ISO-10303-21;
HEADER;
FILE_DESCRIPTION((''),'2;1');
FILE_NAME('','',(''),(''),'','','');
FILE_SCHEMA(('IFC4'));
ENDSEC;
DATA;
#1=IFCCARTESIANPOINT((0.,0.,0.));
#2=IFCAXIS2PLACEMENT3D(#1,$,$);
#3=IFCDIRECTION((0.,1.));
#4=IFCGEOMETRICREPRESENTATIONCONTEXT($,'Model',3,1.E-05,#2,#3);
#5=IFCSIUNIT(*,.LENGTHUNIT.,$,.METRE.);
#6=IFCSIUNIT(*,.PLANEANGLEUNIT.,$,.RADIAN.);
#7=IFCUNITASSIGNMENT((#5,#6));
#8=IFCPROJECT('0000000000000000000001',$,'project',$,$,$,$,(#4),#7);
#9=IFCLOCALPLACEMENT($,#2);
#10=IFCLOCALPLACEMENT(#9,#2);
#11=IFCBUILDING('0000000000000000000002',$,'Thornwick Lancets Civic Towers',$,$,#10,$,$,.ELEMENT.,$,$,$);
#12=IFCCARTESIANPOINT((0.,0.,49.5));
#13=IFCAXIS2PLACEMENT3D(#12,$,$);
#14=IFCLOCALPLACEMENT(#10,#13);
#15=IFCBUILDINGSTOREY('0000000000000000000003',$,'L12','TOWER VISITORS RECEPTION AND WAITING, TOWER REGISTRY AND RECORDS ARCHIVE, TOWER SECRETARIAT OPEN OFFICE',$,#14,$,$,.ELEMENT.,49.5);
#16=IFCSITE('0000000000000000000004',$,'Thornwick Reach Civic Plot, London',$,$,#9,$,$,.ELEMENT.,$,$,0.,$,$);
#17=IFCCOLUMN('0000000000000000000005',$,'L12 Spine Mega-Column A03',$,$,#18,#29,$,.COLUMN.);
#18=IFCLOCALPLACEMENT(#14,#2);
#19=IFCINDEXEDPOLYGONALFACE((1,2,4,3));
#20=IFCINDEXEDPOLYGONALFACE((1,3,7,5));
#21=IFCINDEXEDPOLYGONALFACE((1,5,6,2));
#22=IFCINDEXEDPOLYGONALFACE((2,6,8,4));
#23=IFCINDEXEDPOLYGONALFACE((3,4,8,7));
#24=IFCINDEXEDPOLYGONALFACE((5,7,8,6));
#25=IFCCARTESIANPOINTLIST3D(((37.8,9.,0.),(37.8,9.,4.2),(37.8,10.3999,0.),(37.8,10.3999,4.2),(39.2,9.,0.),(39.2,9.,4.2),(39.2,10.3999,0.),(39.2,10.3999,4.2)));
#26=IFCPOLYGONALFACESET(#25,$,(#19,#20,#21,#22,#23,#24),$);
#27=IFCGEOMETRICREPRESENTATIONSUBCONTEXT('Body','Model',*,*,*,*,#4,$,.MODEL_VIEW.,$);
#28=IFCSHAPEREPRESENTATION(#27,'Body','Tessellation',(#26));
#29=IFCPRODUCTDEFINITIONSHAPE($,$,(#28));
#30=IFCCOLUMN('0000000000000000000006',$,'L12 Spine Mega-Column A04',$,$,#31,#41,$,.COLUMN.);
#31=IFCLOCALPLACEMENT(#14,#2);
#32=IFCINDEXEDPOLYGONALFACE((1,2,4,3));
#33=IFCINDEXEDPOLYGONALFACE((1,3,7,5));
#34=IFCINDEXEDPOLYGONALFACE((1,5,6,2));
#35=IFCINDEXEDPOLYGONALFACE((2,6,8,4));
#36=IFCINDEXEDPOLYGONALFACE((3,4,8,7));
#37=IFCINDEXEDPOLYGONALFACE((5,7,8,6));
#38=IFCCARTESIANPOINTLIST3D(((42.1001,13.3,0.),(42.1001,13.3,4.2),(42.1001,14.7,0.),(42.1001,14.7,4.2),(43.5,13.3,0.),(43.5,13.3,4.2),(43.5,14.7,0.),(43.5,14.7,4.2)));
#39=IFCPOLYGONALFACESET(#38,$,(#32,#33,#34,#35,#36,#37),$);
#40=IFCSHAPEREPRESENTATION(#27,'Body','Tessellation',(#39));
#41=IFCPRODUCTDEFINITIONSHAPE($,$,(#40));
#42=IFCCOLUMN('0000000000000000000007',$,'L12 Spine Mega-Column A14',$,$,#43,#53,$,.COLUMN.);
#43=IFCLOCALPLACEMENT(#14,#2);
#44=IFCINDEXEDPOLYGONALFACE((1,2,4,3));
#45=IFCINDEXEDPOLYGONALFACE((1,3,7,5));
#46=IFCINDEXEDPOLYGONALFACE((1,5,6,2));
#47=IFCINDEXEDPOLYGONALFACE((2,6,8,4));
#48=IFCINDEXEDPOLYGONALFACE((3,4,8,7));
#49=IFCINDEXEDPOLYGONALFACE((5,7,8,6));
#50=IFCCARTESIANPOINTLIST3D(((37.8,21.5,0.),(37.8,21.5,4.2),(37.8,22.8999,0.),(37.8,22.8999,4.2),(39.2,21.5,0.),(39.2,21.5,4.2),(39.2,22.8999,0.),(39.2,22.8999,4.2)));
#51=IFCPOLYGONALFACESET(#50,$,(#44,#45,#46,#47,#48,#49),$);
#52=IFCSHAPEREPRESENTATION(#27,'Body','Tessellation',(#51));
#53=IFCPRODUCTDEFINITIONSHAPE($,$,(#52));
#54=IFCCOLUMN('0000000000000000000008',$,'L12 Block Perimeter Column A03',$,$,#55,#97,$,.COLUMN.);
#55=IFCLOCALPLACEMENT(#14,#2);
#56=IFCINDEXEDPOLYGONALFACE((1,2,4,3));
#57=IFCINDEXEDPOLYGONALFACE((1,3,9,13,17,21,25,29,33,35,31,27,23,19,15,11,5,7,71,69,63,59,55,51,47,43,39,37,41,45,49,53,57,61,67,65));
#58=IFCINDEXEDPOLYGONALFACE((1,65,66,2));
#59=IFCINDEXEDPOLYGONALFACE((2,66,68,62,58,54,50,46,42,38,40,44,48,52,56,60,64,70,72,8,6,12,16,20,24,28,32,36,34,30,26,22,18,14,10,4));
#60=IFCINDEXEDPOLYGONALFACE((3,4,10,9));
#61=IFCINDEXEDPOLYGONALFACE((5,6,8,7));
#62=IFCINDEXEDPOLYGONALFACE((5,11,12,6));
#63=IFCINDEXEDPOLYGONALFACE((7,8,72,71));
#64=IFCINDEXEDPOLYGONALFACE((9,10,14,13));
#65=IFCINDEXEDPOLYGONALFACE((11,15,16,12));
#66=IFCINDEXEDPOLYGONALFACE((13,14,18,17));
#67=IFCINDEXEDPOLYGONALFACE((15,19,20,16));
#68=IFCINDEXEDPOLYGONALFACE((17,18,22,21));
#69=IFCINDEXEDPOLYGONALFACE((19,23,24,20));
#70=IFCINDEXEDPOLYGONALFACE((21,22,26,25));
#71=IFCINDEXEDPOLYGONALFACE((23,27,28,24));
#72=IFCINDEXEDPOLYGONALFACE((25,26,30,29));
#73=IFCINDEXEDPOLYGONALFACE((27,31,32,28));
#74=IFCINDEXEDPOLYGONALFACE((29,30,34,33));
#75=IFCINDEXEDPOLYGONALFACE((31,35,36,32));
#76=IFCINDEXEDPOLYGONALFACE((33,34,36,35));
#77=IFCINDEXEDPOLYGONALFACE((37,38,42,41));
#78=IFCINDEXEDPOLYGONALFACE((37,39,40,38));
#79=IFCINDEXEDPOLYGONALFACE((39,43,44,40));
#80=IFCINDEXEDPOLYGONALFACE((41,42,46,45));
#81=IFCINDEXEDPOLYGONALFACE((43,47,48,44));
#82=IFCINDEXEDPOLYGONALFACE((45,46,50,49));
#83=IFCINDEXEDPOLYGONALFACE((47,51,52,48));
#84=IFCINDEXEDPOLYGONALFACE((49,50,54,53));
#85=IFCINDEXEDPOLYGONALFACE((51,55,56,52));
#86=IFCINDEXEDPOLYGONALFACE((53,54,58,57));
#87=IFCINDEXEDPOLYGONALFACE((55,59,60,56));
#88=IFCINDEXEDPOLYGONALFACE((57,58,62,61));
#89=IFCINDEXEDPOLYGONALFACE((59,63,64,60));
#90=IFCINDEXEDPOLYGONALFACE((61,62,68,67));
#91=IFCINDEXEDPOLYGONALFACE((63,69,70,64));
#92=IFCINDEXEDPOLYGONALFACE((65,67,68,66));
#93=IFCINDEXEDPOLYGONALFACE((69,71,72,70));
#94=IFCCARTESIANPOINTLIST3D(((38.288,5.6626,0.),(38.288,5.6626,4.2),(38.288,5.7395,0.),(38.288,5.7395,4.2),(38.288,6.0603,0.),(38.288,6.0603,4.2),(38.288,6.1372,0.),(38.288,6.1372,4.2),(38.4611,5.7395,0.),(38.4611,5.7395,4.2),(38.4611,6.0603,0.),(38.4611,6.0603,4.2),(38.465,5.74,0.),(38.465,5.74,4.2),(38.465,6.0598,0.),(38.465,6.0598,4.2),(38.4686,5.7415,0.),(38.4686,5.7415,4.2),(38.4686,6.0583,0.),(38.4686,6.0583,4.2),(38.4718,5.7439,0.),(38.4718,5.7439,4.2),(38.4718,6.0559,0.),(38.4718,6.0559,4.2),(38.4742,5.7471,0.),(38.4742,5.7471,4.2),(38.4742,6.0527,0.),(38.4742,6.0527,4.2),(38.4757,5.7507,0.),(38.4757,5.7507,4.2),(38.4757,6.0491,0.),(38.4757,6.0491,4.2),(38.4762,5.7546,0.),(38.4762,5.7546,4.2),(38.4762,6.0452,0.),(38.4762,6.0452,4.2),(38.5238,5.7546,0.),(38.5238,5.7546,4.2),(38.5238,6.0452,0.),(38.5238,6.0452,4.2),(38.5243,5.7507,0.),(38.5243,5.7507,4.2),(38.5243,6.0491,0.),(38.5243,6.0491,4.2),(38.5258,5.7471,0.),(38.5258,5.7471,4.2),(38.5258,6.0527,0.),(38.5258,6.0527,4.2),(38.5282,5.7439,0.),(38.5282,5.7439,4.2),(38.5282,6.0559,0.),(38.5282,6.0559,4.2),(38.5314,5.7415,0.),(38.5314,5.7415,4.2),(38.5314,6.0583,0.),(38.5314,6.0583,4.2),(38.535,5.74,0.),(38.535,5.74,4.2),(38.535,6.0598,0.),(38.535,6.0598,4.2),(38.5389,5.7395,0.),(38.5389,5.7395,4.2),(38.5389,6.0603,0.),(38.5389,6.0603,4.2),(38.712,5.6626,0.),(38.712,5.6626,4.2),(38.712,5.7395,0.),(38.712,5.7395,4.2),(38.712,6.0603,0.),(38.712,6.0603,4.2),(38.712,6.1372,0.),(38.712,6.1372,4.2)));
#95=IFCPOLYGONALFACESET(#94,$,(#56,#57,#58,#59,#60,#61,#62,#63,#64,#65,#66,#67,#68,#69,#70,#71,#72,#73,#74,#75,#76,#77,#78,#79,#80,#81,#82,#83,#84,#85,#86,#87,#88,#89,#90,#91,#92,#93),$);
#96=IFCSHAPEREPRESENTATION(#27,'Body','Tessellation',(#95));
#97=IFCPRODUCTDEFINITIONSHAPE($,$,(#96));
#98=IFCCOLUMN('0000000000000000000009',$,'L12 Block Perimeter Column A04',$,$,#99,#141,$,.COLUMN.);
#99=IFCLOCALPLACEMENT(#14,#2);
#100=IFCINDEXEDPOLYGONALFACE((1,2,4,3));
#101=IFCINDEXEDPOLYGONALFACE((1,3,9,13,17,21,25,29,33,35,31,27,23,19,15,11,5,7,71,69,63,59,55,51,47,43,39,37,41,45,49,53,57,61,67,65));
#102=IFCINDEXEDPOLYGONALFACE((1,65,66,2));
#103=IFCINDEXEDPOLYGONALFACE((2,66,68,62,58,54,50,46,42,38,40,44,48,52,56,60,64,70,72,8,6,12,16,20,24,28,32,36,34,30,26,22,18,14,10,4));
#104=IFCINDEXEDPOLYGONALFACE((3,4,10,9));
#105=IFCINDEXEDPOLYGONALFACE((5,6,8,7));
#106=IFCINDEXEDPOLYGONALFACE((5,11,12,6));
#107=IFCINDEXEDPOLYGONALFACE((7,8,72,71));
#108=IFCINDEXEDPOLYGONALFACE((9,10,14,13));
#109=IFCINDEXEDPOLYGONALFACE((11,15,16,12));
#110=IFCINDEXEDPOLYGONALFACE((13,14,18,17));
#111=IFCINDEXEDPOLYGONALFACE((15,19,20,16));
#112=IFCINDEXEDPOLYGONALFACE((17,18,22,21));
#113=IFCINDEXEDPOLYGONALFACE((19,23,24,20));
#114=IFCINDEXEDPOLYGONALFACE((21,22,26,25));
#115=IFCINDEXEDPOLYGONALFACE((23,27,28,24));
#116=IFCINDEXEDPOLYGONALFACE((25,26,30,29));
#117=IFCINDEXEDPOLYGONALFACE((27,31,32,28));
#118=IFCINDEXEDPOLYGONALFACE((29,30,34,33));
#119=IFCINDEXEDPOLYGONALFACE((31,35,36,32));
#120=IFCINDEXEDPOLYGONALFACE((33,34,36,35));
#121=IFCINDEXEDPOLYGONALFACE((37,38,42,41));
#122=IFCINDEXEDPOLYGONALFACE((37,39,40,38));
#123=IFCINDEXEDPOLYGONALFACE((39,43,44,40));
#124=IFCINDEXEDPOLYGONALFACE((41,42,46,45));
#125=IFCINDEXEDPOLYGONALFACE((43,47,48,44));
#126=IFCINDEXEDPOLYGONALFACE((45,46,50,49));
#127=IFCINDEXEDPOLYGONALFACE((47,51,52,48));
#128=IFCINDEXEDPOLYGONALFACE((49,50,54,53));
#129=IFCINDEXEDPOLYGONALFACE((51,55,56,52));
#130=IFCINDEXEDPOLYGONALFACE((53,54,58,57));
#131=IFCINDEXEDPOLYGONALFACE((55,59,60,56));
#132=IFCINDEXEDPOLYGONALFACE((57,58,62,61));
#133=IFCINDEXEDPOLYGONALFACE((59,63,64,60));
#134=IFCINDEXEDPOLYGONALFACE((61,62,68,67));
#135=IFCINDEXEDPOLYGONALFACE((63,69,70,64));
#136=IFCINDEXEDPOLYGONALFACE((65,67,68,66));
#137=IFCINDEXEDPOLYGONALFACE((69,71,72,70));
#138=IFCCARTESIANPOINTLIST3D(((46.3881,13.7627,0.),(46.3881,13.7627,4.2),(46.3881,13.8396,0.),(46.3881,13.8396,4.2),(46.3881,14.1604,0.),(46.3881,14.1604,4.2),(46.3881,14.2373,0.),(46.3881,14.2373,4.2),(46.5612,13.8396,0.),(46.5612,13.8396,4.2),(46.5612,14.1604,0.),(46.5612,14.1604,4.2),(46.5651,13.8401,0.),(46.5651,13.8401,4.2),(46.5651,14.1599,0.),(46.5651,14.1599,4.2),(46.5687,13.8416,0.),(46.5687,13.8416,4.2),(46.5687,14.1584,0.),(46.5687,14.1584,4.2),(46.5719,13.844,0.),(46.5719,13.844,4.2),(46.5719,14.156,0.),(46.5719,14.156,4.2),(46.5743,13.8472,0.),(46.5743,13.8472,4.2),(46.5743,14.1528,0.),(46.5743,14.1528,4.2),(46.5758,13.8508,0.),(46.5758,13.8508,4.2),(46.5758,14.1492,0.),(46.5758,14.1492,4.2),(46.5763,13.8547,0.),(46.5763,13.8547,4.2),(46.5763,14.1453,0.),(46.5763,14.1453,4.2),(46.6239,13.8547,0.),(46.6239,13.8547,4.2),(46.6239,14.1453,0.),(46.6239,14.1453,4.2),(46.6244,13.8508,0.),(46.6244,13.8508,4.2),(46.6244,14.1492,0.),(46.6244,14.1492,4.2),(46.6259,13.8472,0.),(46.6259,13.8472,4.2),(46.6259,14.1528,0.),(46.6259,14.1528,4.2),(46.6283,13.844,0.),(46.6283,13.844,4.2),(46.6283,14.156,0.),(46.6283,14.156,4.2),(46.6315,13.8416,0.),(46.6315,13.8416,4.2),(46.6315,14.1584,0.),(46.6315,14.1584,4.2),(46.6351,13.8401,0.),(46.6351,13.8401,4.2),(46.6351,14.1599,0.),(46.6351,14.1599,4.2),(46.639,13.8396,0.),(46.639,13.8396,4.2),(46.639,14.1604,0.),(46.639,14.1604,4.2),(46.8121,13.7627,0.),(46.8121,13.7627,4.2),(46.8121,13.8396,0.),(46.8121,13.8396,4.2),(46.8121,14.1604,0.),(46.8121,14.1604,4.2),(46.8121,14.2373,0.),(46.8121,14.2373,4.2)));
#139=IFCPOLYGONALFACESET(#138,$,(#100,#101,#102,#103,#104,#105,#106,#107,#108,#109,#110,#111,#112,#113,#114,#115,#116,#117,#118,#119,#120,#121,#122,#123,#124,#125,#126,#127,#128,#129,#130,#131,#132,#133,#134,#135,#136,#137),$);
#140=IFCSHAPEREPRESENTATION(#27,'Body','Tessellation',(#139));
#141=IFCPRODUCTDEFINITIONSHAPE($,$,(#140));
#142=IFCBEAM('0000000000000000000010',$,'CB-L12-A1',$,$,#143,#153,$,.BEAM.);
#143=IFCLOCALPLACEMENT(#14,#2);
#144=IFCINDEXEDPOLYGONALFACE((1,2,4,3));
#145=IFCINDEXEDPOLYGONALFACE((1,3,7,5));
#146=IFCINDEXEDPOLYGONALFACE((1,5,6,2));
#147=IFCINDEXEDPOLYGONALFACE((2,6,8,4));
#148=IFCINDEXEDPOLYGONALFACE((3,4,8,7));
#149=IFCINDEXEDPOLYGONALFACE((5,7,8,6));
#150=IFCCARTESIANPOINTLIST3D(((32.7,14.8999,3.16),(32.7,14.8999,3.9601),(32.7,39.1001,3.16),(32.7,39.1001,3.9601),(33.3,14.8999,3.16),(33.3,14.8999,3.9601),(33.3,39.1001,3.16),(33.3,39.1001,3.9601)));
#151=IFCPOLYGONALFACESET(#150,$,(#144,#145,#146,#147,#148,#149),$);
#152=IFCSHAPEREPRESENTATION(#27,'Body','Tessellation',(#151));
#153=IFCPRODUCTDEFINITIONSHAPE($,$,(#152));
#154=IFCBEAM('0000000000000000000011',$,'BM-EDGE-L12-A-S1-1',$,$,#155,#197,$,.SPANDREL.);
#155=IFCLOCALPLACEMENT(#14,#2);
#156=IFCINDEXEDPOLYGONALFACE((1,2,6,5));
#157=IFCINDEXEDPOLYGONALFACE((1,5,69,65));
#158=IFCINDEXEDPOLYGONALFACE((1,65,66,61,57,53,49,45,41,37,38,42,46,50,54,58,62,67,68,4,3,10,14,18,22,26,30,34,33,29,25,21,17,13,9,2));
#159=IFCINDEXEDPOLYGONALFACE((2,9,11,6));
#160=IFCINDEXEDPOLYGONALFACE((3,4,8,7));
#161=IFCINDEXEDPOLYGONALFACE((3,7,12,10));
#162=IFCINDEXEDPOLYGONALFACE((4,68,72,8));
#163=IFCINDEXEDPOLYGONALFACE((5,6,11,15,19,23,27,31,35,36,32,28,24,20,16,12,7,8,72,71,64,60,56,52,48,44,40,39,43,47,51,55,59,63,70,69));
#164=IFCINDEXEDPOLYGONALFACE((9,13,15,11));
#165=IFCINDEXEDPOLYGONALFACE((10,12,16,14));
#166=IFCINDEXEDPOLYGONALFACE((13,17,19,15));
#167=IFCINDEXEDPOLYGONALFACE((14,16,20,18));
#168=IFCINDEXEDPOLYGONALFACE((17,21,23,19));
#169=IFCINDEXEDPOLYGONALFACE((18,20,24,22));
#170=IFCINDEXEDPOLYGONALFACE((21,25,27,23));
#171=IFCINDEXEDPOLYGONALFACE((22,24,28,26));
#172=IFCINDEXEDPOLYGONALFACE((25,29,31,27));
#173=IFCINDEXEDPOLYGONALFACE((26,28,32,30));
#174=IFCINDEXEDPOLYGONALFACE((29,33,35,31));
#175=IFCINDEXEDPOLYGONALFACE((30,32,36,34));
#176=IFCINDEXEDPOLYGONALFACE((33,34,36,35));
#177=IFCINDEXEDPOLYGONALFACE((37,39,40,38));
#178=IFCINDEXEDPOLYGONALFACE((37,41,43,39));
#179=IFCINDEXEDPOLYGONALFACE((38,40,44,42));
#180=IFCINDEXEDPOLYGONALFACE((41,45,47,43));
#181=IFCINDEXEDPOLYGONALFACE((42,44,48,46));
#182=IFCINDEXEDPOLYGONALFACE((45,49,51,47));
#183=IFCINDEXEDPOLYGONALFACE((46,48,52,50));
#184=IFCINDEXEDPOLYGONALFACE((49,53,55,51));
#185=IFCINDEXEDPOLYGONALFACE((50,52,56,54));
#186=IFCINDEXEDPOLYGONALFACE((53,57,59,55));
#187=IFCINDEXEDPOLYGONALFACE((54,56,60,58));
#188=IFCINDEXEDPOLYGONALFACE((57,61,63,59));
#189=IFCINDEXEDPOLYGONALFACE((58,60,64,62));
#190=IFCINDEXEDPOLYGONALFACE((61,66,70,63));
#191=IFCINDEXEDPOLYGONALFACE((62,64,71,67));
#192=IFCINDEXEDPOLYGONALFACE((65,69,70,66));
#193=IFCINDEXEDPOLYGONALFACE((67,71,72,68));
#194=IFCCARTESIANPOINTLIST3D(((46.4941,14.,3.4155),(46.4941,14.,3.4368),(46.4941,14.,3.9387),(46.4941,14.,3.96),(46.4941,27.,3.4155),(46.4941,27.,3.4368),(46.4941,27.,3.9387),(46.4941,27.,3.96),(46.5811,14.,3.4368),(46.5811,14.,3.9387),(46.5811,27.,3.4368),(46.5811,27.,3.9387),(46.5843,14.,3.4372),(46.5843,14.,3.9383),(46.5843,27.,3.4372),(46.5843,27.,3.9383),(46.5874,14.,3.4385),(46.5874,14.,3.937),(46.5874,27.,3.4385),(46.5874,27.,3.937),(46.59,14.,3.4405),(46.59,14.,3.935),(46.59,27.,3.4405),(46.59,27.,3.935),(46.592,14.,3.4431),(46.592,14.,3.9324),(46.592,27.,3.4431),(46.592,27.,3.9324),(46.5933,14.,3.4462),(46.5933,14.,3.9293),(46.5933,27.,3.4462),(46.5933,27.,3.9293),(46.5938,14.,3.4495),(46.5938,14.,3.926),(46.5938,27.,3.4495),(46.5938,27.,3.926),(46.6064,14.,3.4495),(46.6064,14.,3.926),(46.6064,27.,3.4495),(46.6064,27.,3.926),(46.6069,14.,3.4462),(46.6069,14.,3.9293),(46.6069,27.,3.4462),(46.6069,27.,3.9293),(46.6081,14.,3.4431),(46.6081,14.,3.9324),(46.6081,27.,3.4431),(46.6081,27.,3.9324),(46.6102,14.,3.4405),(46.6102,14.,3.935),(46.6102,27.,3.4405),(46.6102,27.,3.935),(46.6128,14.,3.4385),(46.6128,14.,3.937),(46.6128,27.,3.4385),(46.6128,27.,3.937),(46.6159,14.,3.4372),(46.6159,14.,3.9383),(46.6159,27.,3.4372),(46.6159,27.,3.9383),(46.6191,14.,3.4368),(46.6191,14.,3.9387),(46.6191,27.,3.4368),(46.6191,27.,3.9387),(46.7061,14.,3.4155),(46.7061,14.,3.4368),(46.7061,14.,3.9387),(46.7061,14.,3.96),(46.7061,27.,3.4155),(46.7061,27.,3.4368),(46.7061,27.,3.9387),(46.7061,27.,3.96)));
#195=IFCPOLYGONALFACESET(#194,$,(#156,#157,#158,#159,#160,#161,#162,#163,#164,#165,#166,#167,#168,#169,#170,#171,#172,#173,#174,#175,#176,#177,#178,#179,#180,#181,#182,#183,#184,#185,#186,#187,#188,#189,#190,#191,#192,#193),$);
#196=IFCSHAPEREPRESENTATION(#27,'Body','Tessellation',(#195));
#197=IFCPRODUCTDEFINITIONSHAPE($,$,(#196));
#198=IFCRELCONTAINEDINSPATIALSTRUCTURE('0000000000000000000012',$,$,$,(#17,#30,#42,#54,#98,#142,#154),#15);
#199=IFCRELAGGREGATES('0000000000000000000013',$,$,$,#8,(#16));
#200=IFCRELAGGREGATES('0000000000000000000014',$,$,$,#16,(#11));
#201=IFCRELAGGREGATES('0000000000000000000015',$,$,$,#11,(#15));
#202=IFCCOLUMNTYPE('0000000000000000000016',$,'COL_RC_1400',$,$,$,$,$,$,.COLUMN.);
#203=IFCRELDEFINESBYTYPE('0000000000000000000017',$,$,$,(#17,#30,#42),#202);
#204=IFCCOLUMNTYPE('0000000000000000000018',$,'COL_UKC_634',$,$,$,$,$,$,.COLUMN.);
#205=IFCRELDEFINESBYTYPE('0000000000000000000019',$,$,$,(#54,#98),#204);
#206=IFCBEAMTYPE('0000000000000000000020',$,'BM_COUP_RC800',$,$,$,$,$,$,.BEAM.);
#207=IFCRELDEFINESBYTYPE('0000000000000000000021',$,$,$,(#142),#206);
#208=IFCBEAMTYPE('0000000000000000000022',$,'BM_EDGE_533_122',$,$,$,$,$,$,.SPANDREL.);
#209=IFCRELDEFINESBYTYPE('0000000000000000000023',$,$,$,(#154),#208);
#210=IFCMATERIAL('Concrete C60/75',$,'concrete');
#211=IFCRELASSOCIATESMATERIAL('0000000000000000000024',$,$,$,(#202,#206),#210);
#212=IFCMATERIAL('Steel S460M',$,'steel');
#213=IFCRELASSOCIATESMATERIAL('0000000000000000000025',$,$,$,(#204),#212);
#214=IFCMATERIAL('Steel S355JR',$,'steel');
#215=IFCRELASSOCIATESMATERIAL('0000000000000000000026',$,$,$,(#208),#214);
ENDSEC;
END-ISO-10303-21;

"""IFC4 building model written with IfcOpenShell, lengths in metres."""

from ifc_helpers import new_model, si_unit, direction, frame, origin, origin_2d, place, context, subcontext, project, spatial, rectangle, i_section, extrude, material, material_profile, profile_set, type_object, element, save


model = new_model("IFC4")

# Units and contexts
model_context = context("Model", 3, precision=1e-05, world=origin(), true_north=direction((0.0, 1.0)))
body_context = subcontext(model_context, "Body", "Model", "MODEL_VIEW")
ifc_project = project(units=[si_unit("LENGTHUNIT", "METRE"), si_unit("PLANEANGLEUNIT", "RADIAN")], contexts=[model_context])

# Site, building, storey
site_placement = place(None, origin())
site = spatial("IfcSite", under=ifc_project, at=site_placement, Name="Thornwick Reach Civic Plot, London", CompositionType="ELEMENT", RefElevation=0.0)
building_placement = place(site_placement, origin())
building = spatial("IfcBuilding", under=site, at=building_placement, Name="Thornwick Lancets Civic Towers", CompositionType="ELEMENT")
storey_placement = place(building_placement, frame((0.0, 0.0, 49.5)))
storey = spatial("IfcBuildingStorey", under=building, at=storey_placement, Name="L12", Description="TOWER VISITORS RECEPTION AND WAITING, TOWER REGISTRY AND RECORDS ARCHIVE, TOWER SECRETARIAT OPEN OFFICE", CompositionType="ELEMENT", Elevation=49.5)

# Columns
ifc_material_1 = material(Name="Concrete C60/75", Category="concrete")
ifc_material_profile_1 = material_profile(ifc_material_1, rectangle(XDim=1.3999, YDim=1.3999, at=origin_2d()), Name="RC 1400x1400")
ifc_profile_set_1 = profile_set([ifc_material_profile_1], Name="Concrete C60/75")
column_type_1 = type_object("IfcColumnType", Name="COL_RC_1400", PredefinedType="COLUMN", material=ifc_profile_set_1)
for number, where, z_axis, x_axis, name in (
    (1, (38.5, 9.7, 0.0), (0.0, 0.0, 1.0), (1.0, 0.0, 0.0), "L12 Spine Mega-Column A03"),
    (2, (42.8, 14.0, 0.0), (0.0, 0.0, 1.0), (1.0, 0.0, 0.0), "L12 Spine Mega-Column A04"),
    (3, (38.5, 22.2, 0.0), (0.0, 0.0, 1.0), (1.0, 0.0, 0.0), "L12 Spine Mega-Column A14"),
):
    element("IfcColumn", number, at=place(storey_placement, frame(where, z_axis=z_axis, x_axis=x_axis)), inside=storey, type_object=column_type_1, Name=name, PredefinedType="COLUMN", context=body_context, shape_type="SweptSolid", body=[
        extrude(rectangle(XDim=1.3999, YDim=1.3999, at=origin_2d()), origin(), (0.0, 0.0, 1.0), 4.2),
    ])
ifc_material_2 = material(Name="Steel S460M", Category="steel")
ifc_material_profile_2 = material_profile(ifc_material_2, i_section(OverallWidth=0.4241, OverallDepth=0.4746, WebThickness=0.0476, FlangeThickness=0.0769, FilletRadius=0.0151, at=origin_2d()), Name="UKC 356x406x634")
ifc_profile_set_2 = profile_set([ifc_material_profile_2], Name="Steel S460M")
column_type_2 = type_object("IfcColumnType", Name="COL_UKC_634", PredefinedType="COLUMN", material=ifc_profile_set_2)
for number, where, z_axis, x_axis, name in (
    (4, (38.5, 5.8999, 0.0), (0.0, 0.0, 1.0), (1.0, 0.0, 0.0), "L12 Block Perimeter Column A03"),
    (5, (46.6001, 14.0, 0.0), (0.0, 0.0, 1.0), (1.0, 0.0, 0.0), "L12 Block Perimeter Column A04"),
):
    element("IfcColumn", number, at=place(storey_placement, frame(where, z_axis=z_axis, x_axis=x_axis)), inside=storey, type_object=column_type_2, Name=name, PredefinedType="COLUMN", context=body_context, shape_type="SweptSolid", body=[
        extrude(i_section(OverallWidth=0.4241, OverallDepth=0.4746, WebThickness=0.0476, FlangeThickness=0.0769, FilletRadius=0.0151, at=origin_2d()), origin(), (0.0, 0.0, 1.0), 4.2),
    ])

# Beams
ifc_material_profile_3 = material_profile(ifc_material_1, rectangle(XDim=0.6001, YDim=0.8, at=origin_2d()), Name="RC 600x800")
ifc_profile_set_3 = profile_set([ifc_material_profile_3], Name="Concrete C60/75")
beam_type_1 = type_object("IfcBeamType", Name="BM_COUP_RC800", PredefinedType="BEAM", material=ifc_profile_set_3)
beam_1_placement = place(storey_placement, frame((33.0, 14.8999, 3.5601), z_axis=(0.0, 1.0, 0.0), x_axis=(-1.0, 0.0, 0.0)))
element("IfcBeam", 6, at=beam_1_placement, inside=storey, type_object=beam_type_1, Name="CB-L12-A1", PredefinedType="BEAM", context=body_context, shape_type="SweptSolid", body=[
    extrude(rectangle(XDim=0.6001, YDim=0.8, at=origin_2d()), origin(), (0.0, 0.0, 1.0), 24.2002),
])
ifc_material_3 = material(Name="Steel S355JR", Category="steel")
ifc_material_profile_4 = material_profile(ifc_material_3, i_section(OverallWidth=0.2119, OverallDepth=0.5444, WebThickness=0.0127, FlangeThickness=0.0212, FilletRadius=0.0127, at=origin_2d()), Name="UKB 533x210x122")
ifc_profile_set_4 = profile_set([ifc_material_profile_4], Name="Steel S355JR")
beam_type_2 = type_object("IfcBeamType", Name="BM_EDGE_533_122", PredefinedType="SPANDREL", material=ifc_profile_set_4)
beam_2_placement = place(storey_placement, frame((46.6001, 14.0, 3.6877), z_axis=(0.0, 1.0, 0.0), x_axis=(-1.0, 0.0, 0.0)))
element("IfcBeam", 7, at=beam_2_placement, inside=storey, type_object=beam_type_2, Name="BM-EDGE-L12-A-S1-1", PredefinedType="SPANDREL", context=body_context, shape_type="SweptSolid", body=[
    extrude(i_section(OverallWidth=0.2119, OverallDepth=0.5444, WebThickness=0.0127, FlangeThickness=0.0212, FilletRadius=0.0127, at=origin_2d()), origin(), (0.0, 0.0, 1.0), 13.0),
])

save(model, "model.ifc")
